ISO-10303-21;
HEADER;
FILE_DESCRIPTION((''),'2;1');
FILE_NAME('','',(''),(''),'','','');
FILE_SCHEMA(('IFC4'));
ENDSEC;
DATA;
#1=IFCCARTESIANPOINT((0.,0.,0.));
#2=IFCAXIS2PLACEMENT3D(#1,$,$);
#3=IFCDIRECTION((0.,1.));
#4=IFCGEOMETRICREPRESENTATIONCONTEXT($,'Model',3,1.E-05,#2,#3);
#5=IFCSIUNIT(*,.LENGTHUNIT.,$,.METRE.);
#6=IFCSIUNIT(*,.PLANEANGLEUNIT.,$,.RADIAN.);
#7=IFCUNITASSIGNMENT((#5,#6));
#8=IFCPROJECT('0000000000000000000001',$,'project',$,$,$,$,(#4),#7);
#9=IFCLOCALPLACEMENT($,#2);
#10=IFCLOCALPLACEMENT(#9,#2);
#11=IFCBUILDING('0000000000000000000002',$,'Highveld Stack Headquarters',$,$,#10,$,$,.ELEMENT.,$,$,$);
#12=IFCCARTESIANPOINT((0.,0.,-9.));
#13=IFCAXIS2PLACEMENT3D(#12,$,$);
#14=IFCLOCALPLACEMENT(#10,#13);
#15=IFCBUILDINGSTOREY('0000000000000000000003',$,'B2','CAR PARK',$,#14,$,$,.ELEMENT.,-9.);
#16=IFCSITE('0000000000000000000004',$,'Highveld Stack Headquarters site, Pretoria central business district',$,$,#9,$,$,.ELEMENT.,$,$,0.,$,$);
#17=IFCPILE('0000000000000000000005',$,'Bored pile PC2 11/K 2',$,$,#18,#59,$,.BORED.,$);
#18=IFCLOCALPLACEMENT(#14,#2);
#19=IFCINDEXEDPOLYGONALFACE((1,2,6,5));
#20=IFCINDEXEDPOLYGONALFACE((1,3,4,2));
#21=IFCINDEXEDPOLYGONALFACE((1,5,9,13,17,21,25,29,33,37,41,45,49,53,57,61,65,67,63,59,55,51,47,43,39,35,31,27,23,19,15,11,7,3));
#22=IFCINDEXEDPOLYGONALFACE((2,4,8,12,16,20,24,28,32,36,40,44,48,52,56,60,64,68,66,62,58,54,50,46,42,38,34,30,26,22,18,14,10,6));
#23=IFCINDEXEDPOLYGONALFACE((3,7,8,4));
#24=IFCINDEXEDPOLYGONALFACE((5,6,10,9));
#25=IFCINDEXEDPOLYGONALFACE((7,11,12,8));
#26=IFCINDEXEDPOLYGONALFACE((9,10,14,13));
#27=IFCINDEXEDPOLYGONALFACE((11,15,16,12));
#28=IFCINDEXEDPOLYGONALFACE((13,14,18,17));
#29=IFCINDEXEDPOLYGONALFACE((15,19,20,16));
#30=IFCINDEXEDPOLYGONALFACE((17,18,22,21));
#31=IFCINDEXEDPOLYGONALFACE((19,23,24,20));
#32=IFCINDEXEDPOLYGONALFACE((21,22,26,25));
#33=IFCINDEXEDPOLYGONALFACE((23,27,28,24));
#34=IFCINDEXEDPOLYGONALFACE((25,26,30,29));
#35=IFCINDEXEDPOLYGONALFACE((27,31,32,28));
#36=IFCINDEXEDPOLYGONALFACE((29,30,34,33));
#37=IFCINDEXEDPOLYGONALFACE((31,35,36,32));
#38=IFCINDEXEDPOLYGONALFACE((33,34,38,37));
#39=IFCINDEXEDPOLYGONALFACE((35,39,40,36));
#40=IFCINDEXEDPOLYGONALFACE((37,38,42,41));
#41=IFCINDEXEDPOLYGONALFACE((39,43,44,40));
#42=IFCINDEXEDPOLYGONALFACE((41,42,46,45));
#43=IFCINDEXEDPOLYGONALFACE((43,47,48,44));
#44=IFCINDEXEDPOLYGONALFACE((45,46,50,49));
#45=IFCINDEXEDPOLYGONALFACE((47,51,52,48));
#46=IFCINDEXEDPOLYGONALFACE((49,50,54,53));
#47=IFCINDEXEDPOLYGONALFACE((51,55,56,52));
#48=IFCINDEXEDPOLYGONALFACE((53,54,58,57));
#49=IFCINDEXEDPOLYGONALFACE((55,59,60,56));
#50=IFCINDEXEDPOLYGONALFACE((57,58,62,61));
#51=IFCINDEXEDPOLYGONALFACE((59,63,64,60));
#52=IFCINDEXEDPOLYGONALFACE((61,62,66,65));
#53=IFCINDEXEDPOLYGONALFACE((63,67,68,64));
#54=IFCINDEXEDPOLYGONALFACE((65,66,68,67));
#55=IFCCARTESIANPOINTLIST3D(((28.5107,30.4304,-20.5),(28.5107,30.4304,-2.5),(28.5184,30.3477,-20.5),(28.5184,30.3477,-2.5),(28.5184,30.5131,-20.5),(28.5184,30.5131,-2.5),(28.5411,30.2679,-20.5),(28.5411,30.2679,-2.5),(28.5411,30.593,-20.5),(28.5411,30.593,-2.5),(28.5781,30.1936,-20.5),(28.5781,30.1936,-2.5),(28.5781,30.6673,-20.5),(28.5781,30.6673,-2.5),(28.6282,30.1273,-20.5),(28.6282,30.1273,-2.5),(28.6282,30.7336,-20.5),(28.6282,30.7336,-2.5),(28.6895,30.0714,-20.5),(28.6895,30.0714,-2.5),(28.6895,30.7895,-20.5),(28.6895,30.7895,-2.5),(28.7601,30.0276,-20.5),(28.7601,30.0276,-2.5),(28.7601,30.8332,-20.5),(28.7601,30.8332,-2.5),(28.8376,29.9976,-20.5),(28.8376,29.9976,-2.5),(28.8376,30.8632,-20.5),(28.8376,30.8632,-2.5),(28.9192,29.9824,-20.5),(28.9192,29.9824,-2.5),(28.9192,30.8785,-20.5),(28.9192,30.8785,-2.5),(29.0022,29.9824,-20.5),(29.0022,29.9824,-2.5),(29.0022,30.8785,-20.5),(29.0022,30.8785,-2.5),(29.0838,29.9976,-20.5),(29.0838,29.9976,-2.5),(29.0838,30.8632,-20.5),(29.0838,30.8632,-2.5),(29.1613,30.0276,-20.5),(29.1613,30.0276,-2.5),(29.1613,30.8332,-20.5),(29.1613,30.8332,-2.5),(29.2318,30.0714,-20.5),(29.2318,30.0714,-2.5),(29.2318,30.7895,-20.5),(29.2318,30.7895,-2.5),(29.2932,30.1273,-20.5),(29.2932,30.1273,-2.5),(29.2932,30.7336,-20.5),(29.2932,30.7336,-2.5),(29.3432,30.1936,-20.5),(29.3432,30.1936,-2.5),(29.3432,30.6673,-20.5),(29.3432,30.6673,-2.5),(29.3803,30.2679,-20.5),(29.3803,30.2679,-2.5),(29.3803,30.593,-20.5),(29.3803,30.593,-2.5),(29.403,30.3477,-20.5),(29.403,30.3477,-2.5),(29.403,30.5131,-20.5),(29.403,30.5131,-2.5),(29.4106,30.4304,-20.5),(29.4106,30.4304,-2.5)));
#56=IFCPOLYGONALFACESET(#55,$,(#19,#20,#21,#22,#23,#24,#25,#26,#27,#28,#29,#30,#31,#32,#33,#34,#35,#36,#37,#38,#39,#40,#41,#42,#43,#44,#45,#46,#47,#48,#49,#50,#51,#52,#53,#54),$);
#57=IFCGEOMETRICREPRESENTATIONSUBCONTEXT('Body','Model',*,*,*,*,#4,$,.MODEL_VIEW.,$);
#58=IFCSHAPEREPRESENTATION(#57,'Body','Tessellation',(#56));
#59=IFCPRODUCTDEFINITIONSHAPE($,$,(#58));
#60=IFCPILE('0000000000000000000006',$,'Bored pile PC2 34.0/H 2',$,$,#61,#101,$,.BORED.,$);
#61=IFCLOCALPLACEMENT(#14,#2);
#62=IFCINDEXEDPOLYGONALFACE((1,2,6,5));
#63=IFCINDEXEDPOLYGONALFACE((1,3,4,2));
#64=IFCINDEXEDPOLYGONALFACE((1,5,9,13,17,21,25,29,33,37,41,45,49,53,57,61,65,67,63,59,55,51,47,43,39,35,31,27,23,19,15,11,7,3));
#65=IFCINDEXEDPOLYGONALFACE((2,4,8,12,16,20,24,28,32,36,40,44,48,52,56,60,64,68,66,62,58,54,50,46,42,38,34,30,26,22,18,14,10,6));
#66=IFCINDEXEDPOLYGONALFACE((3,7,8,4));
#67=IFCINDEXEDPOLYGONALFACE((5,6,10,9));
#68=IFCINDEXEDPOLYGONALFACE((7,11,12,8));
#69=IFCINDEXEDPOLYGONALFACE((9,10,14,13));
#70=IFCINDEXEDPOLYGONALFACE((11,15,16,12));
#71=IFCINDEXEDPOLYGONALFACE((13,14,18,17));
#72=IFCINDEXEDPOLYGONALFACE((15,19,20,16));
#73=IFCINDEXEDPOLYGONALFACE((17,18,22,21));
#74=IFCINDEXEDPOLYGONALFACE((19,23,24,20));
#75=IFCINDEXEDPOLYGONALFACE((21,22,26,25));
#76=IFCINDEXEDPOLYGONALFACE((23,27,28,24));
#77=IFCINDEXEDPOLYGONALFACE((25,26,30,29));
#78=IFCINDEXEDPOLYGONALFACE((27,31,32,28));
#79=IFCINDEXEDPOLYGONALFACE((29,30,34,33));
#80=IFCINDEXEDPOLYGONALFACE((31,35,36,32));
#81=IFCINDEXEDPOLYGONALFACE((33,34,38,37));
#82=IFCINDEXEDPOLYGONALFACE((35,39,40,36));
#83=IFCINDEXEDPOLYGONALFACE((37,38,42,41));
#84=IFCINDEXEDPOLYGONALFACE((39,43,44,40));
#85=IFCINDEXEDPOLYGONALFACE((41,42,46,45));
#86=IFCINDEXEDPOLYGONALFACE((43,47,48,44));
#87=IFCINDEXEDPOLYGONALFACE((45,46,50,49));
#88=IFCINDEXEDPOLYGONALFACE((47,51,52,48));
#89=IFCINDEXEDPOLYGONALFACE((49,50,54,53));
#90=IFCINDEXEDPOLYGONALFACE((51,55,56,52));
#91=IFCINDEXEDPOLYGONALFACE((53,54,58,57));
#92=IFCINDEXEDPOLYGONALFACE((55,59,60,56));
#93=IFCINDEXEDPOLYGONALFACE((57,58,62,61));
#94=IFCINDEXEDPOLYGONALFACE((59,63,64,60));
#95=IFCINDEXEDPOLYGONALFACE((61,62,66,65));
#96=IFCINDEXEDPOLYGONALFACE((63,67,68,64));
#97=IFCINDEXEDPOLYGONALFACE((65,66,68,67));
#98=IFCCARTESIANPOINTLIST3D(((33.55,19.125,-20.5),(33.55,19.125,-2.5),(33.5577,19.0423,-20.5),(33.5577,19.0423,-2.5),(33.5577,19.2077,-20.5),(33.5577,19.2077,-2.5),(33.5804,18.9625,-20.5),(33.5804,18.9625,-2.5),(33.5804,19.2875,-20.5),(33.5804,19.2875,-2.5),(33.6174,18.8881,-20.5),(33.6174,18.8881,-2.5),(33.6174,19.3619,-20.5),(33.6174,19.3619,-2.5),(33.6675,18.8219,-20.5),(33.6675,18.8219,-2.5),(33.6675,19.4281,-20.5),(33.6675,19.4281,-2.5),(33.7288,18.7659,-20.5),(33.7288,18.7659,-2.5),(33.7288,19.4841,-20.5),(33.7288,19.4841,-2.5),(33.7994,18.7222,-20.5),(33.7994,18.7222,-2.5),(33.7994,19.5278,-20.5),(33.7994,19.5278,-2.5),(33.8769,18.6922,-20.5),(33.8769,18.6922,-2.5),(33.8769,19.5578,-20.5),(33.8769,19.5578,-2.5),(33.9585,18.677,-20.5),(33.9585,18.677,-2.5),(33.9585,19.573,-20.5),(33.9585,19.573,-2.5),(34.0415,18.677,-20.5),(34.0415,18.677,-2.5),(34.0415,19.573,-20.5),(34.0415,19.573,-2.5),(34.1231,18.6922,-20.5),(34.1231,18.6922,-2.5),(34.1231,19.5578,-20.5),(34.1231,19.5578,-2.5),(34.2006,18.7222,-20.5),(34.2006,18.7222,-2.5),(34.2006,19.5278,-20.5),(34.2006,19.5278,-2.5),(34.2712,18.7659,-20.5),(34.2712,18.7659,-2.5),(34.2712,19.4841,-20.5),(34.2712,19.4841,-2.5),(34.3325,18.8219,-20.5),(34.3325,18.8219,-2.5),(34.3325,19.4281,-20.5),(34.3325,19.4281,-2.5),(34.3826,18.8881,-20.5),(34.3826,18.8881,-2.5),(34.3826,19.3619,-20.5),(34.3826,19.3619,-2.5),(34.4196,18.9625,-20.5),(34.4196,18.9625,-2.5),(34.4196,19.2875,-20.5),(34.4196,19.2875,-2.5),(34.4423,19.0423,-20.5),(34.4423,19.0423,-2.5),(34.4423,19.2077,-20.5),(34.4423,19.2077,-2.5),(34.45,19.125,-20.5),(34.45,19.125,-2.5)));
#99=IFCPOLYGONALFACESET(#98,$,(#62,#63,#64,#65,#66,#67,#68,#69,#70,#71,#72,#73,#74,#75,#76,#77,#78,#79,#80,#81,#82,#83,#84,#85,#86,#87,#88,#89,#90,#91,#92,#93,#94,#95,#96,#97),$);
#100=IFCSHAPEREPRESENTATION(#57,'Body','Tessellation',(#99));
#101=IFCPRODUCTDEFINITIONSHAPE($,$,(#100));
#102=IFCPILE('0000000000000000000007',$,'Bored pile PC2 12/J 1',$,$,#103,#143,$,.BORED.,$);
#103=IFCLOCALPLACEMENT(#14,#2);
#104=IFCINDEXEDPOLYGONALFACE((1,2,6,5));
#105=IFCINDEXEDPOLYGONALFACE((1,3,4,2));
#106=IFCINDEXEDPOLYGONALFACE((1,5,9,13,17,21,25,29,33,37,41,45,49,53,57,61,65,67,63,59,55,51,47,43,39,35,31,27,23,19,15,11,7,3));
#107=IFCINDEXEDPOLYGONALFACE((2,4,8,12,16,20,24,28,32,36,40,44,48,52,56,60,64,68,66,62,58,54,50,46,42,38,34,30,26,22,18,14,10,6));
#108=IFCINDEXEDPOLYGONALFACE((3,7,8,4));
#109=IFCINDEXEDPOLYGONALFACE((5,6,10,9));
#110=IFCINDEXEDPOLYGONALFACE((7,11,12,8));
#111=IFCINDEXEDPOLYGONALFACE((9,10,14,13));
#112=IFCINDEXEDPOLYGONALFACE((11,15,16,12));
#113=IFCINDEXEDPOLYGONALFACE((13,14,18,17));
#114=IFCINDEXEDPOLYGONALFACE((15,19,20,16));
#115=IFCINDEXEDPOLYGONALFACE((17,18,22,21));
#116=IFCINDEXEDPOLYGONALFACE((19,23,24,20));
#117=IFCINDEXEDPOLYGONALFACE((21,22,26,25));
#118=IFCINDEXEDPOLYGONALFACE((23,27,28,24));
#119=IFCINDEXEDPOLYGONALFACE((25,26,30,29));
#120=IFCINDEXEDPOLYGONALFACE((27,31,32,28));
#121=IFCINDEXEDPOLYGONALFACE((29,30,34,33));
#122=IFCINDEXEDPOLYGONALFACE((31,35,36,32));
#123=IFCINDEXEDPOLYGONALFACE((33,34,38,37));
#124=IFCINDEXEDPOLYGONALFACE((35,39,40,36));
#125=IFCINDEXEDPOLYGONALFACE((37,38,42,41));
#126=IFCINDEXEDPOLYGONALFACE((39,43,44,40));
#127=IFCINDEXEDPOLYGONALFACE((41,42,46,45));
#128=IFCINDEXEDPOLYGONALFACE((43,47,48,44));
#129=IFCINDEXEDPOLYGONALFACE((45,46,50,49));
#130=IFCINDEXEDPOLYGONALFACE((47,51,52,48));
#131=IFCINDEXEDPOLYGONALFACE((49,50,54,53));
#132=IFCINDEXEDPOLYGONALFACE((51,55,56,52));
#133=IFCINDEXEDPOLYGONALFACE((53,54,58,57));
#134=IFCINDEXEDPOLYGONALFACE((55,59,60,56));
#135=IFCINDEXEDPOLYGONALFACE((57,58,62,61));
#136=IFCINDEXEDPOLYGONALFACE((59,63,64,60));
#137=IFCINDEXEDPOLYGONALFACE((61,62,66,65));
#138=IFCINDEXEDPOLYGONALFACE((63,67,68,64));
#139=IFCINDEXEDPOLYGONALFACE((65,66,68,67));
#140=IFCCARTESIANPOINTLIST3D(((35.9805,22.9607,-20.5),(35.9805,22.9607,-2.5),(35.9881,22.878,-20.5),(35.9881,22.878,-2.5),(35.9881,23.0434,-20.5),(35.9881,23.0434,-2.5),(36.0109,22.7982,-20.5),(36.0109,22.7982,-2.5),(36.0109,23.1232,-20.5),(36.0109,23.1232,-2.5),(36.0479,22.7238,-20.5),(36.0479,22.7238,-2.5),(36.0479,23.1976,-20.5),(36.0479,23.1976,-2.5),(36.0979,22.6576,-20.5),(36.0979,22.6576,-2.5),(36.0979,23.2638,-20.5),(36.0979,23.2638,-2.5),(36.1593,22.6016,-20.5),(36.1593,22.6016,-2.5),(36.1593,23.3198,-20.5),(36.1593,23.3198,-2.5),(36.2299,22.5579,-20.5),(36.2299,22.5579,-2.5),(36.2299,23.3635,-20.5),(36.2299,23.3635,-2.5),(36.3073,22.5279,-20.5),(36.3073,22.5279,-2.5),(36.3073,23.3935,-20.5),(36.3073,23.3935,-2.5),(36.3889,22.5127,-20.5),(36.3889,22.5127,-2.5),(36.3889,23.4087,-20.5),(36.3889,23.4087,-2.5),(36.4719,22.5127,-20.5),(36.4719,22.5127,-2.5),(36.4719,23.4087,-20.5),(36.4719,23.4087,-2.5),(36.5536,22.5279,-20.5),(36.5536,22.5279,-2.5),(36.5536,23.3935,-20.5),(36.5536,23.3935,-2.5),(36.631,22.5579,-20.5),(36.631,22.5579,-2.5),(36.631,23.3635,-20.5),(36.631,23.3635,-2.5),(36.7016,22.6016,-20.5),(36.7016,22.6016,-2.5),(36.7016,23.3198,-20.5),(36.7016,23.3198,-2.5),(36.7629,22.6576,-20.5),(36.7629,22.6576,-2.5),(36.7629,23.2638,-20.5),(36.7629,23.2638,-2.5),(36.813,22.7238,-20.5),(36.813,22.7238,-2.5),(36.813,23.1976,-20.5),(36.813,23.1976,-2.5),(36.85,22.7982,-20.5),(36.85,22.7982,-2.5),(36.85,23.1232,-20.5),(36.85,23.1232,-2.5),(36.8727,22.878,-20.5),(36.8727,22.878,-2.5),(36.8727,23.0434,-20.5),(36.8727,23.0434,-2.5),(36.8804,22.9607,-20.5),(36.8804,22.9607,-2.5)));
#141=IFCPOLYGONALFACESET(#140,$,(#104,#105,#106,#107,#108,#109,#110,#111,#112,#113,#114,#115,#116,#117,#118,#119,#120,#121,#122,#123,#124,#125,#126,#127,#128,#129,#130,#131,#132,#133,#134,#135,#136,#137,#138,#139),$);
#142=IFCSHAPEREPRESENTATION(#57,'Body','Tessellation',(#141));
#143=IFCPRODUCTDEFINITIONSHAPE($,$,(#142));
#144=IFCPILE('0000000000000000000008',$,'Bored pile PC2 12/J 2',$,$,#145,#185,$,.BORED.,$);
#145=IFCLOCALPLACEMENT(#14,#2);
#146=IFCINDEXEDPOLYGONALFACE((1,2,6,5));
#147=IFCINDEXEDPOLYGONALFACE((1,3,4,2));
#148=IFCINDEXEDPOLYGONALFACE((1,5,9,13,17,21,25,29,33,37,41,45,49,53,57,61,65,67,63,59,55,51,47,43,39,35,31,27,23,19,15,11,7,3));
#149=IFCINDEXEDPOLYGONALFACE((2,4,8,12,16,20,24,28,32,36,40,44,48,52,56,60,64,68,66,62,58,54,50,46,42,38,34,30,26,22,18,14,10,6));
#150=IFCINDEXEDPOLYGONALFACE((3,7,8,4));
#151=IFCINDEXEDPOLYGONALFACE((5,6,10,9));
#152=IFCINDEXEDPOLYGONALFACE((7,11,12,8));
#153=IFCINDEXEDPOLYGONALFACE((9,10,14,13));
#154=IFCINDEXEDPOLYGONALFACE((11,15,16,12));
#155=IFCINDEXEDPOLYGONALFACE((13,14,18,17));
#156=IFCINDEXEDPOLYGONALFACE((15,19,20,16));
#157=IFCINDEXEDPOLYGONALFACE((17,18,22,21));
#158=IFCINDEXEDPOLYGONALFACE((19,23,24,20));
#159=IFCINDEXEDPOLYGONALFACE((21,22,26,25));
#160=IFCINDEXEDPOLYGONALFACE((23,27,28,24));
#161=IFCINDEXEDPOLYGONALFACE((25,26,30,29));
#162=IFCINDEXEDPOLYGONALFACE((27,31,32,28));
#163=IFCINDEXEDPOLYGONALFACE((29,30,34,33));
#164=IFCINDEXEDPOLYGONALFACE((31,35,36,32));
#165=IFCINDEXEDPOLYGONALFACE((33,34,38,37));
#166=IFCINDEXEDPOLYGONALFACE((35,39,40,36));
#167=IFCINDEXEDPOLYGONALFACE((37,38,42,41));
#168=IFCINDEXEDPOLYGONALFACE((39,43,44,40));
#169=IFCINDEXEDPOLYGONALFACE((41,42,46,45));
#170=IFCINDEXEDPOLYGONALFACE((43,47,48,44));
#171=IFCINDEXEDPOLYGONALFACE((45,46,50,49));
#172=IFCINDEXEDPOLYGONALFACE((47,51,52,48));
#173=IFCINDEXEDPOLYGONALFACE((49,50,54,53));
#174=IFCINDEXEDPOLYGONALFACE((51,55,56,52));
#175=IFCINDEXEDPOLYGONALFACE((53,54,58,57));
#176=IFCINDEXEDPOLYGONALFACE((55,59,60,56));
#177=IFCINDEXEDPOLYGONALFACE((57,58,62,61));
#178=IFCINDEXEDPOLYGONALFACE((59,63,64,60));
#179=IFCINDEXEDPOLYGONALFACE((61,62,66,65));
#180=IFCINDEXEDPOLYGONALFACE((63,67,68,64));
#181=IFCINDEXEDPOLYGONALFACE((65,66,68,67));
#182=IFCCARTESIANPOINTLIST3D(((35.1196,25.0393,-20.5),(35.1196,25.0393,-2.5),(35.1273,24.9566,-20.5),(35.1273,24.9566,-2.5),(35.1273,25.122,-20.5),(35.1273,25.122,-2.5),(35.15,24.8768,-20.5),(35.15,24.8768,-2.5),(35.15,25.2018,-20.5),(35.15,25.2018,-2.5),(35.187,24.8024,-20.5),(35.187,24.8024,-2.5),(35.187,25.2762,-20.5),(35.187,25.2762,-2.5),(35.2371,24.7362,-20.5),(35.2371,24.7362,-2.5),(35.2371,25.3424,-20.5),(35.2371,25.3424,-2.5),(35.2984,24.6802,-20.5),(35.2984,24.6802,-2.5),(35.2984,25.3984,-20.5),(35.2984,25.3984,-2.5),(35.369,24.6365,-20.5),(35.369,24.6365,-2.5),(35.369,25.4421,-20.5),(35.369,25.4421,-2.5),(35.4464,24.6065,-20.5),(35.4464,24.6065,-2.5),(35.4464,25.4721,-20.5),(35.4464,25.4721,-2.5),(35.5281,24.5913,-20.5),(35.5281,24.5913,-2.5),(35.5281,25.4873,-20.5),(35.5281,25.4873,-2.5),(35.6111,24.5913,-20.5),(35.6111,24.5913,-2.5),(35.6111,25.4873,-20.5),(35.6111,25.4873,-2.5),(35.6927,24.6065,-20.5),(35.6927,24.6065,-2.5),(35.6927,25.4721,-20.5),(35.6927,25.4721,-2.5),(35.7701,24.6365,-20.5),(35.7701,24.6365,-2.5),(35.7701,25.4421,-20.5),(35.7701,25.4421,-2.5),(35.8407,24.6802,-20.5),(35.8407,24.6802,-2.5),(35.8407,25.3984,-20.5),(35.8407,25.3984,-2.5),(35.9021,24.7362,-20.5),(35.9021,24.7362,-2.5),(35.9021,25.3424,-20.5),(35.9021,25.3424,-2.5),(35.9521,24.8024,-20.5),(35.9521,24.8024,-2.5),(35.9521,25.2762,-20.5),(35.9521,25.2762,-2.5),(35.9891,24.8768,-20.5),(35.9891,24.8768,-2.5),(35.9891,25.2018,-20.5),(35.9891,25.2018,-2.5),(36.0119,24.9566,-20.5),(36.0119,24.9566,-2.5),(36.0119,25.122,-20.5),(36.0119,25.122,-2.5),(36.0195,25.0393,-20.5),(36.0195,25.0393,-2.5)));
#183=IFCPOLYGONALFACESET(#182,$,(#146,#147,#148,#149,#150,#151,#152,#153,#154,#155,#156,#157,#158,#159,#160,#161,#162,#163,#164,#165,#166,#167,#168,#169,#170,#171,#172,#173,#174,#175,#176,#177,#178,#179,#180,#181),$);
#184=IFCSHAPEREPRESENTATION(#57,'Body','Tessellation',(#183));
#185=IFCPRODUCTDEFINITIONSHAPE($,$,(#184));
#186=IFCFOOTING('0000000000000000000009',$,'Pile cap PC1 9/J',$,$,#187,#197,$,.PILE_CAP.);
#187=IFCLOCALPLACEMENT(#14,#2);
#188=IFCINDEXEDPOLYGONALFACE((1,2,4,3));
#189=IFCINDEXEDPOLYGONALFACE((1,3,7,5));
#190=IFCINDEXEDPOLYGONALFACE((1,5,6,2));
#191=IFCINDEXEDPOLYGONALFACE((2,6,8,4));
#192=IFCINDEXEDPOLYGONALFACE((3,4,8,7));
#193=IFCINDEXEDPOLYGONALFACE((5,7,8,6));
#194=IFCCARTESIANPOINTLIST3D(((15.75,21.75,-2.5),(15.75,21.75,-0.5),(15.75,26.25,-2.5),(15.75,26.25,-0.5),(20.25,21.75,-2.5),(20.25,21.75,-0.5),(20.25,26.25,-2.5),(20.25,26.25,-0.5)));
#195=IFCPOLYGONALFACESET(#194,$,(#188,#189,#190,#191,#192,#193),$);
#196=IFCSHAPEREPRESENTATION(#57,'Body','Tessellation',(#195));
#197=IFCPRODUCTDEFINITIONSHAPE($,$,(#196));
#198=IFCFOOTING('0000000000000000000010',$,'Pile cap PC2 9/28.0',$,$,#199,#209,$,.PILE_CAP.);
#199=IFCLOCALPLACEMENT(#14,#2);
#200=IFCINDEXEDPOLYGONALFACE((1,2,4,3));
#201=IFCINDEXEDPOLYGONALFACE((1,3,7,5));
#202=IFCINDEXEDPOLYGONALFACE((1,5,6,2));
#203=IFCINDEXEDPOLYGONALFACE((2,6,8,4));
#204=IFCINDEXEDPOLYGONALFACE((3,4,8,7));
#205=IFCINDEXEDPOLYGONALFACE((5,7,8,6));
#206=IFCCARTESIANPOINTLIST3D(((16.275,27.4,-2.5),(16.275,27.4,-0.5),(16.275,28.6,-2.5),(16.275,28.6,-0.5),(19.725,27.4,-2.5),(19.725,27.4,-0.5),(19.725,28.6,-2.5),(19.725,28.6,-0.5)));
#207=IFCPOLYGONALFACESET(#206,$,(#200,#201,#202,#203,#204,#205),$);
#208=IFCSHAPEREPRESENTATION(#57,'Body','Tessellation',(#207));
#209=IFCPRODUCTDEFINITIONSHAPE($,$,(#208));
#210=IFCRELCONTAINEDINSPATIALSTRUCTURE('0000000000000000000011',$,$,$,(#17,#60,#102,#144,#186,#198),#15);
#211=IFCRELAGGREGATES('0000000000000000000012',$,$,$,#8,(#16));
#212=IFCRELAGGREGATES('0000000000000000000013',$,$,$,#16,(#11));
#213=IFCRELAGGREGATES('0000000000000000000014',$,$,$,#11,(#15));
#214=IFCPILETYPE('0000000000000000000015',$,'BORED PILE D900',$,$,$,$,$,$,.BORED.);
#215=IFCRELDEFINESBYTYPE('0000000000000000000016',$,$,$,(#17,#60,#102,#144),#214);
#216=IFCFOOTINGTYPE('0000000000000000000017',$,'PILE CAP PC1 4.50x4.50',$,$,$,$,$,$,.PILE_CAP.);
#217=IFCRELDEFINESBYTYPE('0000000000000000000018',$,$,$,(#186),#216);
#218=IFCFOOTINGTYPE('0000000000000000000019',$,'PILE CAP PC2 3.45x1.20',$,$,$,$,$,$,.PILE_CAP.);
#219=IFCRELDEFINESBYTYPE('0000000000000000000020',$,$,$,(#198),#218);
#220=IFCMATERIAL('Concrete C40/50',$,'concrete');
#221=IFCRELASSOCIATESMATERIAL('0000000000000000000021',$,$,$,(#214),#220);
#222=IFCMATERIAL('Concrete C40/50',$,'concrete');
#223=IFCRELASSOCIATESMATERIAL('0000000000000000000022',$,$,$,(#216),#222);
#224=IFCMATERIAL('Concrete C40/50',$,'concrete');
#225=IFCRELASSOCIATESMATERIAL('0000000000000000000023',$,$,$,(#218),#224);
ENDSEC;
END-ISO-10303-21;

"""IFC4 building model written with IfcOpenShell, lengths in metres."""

from ifc_helpers import new_model, si_unit, direction, frame, origin, origin_2d, place, context, subcontext, project, spatial, rectangle, circle, extrude, material, type_object, element, save


model = new_model("IFC4")

# Units and contexts
model_context = context("Model", 3, precision=1e-05, world=origin(), true_north=direction((0.0, 1.0)))
body_context = subcontext(model_context, "Body", "Model", "MODEL_VIEW")
ifc_project = project(units=[si_unit("LENGTHUNIT", "METRE"), si_unit("PLANEANGLEUNIT", "RADIAN")], contexts=[model_context])

# Site, building, storey
site_placement = place(None, origin())
site = spatial("IfcSite", under=ifc_project, at=site_placement, Name="Highveld Stack Headquarters site, Pretoria central business district", CompositionType="ELEMENT", RefElevation=0.0)
building_placement = place(site_placement, origin())
building = spatial("IfcBuilding", under=site, at=building_placement, Name="Highveld Stack Headquarters", CompositionType="ELEMENT")
storey_placement = place(building_placement, frame((0.0, 0.0, -9.0)))
storey = spatial("IfcBuildingStorey", under=building, at=storey_placement, Name="B2", Description="CAR PARK", CompositionType="ELEMENT", Elevation=-9.0)

# Piles
ifc_material_1 = material(Name="Concrete C40/50", Category="concrete")
pile_type_1 = type_object("IfcPileType", Name="BORED PILE D900", PredefinedType="BORED", material=ifc_material_1)
for number, where, z_axis, x_axis, name in (
    (1, (28.9607, 30.4304, -2.5), (0.0, 0.0, -1.0), (1.0, 0.0, 0.0), "Bored pile PC2 11/K 2"),
    (2, (34.0, 19.125, -2.5), (0.0, 0.0, -1.0), (1.0, 0.0, 0.0), "Bored pile PC2 34.0/H 2"),
    (3, (36.4304, 22.9607, -2.5), (0.0, 0.0, -1.0), (1.0, 0.0, 0.0), "Bored pile PC2 12/J 1"),
    (4, (35.5696, 25.0393, -2.5), (0.0, 0.0, -1.0), (1.0, 0.0, 0.0), "Bored pile PC2 12/J 2"),
):
    element("IfcPile", number, at=place(storey_placement, frame(where, z_axis=z_axis, x_axis=x_axis)), inside=storey, type_object=pile_type_1, Name=name, PredefinedType="BORED", context=body_context, shape_type="SweptSolid", body=[
        extrude(circle(Radius=0.45, at=origin_2d()), origin(), (0.0, 0.0, 1.0), 18.0),
    ])

# Footings
ifc_material_2 = material(Name="Concrete C40/50", Category="concrete")
footing_type_1 = type_object("IfcFootingType", Name="PILE CAP PC1 4.50x4.50", PredefinedType="PILE_CAP", material=ifc_material_2)
footing_placement = place(storey_placement, frame((18.0, 24.0, -2.5), z_axis=(0.0, 0.0, 1.0), x_axis=(1.0, 0.0, 0.0)))
element("IfcFooting", 5, at=footing_placement, inside=storey, type_object=footing_type_1, Name="Pile cap PC1 9/J", PredefinedType="PILE_CAP", context=body_context, shape_type="SweptSolid", body=[
    extrude(rectangle(XDim=4.5, YDim=4.5, at=origin_2d()), origin(), (0.0, 0.0, 1.0), 2.0),
])
ifc_material_3 = material(Name="Concrete C40/50", Category="concrete")
footing_type_2 = type_object("IfcFootingType", Name="PILE CAP PC2 3.45x1.20", PredefinedType="PILE_CAP", material=ifc_material_3)
for number, where, z_axis, x_axis, name in (
    (6, (18.0, 28.0, -2.5), (0.0, 0.0, 1.0), (1.0, 0.0, 0.0), "Pile cap PC2 9/28.0"),
):
    element("IfcFooting", number, at=place(storey_placement, frame(where, z_axis=z_axis, x_axis=x_axis)), inside=storey, type_object=footing_type_2, Name=name, PredefinedType="PILE_CAP", context=body_context, shape_type="SweptSolid", body=[
        extrude(rectangle(XDim=3.45, YDim=1.2, at=origin_2d()), origin(), (0.0, 0.0, 1.0), 2.0),
    ])

save(model, "model.ifc")
